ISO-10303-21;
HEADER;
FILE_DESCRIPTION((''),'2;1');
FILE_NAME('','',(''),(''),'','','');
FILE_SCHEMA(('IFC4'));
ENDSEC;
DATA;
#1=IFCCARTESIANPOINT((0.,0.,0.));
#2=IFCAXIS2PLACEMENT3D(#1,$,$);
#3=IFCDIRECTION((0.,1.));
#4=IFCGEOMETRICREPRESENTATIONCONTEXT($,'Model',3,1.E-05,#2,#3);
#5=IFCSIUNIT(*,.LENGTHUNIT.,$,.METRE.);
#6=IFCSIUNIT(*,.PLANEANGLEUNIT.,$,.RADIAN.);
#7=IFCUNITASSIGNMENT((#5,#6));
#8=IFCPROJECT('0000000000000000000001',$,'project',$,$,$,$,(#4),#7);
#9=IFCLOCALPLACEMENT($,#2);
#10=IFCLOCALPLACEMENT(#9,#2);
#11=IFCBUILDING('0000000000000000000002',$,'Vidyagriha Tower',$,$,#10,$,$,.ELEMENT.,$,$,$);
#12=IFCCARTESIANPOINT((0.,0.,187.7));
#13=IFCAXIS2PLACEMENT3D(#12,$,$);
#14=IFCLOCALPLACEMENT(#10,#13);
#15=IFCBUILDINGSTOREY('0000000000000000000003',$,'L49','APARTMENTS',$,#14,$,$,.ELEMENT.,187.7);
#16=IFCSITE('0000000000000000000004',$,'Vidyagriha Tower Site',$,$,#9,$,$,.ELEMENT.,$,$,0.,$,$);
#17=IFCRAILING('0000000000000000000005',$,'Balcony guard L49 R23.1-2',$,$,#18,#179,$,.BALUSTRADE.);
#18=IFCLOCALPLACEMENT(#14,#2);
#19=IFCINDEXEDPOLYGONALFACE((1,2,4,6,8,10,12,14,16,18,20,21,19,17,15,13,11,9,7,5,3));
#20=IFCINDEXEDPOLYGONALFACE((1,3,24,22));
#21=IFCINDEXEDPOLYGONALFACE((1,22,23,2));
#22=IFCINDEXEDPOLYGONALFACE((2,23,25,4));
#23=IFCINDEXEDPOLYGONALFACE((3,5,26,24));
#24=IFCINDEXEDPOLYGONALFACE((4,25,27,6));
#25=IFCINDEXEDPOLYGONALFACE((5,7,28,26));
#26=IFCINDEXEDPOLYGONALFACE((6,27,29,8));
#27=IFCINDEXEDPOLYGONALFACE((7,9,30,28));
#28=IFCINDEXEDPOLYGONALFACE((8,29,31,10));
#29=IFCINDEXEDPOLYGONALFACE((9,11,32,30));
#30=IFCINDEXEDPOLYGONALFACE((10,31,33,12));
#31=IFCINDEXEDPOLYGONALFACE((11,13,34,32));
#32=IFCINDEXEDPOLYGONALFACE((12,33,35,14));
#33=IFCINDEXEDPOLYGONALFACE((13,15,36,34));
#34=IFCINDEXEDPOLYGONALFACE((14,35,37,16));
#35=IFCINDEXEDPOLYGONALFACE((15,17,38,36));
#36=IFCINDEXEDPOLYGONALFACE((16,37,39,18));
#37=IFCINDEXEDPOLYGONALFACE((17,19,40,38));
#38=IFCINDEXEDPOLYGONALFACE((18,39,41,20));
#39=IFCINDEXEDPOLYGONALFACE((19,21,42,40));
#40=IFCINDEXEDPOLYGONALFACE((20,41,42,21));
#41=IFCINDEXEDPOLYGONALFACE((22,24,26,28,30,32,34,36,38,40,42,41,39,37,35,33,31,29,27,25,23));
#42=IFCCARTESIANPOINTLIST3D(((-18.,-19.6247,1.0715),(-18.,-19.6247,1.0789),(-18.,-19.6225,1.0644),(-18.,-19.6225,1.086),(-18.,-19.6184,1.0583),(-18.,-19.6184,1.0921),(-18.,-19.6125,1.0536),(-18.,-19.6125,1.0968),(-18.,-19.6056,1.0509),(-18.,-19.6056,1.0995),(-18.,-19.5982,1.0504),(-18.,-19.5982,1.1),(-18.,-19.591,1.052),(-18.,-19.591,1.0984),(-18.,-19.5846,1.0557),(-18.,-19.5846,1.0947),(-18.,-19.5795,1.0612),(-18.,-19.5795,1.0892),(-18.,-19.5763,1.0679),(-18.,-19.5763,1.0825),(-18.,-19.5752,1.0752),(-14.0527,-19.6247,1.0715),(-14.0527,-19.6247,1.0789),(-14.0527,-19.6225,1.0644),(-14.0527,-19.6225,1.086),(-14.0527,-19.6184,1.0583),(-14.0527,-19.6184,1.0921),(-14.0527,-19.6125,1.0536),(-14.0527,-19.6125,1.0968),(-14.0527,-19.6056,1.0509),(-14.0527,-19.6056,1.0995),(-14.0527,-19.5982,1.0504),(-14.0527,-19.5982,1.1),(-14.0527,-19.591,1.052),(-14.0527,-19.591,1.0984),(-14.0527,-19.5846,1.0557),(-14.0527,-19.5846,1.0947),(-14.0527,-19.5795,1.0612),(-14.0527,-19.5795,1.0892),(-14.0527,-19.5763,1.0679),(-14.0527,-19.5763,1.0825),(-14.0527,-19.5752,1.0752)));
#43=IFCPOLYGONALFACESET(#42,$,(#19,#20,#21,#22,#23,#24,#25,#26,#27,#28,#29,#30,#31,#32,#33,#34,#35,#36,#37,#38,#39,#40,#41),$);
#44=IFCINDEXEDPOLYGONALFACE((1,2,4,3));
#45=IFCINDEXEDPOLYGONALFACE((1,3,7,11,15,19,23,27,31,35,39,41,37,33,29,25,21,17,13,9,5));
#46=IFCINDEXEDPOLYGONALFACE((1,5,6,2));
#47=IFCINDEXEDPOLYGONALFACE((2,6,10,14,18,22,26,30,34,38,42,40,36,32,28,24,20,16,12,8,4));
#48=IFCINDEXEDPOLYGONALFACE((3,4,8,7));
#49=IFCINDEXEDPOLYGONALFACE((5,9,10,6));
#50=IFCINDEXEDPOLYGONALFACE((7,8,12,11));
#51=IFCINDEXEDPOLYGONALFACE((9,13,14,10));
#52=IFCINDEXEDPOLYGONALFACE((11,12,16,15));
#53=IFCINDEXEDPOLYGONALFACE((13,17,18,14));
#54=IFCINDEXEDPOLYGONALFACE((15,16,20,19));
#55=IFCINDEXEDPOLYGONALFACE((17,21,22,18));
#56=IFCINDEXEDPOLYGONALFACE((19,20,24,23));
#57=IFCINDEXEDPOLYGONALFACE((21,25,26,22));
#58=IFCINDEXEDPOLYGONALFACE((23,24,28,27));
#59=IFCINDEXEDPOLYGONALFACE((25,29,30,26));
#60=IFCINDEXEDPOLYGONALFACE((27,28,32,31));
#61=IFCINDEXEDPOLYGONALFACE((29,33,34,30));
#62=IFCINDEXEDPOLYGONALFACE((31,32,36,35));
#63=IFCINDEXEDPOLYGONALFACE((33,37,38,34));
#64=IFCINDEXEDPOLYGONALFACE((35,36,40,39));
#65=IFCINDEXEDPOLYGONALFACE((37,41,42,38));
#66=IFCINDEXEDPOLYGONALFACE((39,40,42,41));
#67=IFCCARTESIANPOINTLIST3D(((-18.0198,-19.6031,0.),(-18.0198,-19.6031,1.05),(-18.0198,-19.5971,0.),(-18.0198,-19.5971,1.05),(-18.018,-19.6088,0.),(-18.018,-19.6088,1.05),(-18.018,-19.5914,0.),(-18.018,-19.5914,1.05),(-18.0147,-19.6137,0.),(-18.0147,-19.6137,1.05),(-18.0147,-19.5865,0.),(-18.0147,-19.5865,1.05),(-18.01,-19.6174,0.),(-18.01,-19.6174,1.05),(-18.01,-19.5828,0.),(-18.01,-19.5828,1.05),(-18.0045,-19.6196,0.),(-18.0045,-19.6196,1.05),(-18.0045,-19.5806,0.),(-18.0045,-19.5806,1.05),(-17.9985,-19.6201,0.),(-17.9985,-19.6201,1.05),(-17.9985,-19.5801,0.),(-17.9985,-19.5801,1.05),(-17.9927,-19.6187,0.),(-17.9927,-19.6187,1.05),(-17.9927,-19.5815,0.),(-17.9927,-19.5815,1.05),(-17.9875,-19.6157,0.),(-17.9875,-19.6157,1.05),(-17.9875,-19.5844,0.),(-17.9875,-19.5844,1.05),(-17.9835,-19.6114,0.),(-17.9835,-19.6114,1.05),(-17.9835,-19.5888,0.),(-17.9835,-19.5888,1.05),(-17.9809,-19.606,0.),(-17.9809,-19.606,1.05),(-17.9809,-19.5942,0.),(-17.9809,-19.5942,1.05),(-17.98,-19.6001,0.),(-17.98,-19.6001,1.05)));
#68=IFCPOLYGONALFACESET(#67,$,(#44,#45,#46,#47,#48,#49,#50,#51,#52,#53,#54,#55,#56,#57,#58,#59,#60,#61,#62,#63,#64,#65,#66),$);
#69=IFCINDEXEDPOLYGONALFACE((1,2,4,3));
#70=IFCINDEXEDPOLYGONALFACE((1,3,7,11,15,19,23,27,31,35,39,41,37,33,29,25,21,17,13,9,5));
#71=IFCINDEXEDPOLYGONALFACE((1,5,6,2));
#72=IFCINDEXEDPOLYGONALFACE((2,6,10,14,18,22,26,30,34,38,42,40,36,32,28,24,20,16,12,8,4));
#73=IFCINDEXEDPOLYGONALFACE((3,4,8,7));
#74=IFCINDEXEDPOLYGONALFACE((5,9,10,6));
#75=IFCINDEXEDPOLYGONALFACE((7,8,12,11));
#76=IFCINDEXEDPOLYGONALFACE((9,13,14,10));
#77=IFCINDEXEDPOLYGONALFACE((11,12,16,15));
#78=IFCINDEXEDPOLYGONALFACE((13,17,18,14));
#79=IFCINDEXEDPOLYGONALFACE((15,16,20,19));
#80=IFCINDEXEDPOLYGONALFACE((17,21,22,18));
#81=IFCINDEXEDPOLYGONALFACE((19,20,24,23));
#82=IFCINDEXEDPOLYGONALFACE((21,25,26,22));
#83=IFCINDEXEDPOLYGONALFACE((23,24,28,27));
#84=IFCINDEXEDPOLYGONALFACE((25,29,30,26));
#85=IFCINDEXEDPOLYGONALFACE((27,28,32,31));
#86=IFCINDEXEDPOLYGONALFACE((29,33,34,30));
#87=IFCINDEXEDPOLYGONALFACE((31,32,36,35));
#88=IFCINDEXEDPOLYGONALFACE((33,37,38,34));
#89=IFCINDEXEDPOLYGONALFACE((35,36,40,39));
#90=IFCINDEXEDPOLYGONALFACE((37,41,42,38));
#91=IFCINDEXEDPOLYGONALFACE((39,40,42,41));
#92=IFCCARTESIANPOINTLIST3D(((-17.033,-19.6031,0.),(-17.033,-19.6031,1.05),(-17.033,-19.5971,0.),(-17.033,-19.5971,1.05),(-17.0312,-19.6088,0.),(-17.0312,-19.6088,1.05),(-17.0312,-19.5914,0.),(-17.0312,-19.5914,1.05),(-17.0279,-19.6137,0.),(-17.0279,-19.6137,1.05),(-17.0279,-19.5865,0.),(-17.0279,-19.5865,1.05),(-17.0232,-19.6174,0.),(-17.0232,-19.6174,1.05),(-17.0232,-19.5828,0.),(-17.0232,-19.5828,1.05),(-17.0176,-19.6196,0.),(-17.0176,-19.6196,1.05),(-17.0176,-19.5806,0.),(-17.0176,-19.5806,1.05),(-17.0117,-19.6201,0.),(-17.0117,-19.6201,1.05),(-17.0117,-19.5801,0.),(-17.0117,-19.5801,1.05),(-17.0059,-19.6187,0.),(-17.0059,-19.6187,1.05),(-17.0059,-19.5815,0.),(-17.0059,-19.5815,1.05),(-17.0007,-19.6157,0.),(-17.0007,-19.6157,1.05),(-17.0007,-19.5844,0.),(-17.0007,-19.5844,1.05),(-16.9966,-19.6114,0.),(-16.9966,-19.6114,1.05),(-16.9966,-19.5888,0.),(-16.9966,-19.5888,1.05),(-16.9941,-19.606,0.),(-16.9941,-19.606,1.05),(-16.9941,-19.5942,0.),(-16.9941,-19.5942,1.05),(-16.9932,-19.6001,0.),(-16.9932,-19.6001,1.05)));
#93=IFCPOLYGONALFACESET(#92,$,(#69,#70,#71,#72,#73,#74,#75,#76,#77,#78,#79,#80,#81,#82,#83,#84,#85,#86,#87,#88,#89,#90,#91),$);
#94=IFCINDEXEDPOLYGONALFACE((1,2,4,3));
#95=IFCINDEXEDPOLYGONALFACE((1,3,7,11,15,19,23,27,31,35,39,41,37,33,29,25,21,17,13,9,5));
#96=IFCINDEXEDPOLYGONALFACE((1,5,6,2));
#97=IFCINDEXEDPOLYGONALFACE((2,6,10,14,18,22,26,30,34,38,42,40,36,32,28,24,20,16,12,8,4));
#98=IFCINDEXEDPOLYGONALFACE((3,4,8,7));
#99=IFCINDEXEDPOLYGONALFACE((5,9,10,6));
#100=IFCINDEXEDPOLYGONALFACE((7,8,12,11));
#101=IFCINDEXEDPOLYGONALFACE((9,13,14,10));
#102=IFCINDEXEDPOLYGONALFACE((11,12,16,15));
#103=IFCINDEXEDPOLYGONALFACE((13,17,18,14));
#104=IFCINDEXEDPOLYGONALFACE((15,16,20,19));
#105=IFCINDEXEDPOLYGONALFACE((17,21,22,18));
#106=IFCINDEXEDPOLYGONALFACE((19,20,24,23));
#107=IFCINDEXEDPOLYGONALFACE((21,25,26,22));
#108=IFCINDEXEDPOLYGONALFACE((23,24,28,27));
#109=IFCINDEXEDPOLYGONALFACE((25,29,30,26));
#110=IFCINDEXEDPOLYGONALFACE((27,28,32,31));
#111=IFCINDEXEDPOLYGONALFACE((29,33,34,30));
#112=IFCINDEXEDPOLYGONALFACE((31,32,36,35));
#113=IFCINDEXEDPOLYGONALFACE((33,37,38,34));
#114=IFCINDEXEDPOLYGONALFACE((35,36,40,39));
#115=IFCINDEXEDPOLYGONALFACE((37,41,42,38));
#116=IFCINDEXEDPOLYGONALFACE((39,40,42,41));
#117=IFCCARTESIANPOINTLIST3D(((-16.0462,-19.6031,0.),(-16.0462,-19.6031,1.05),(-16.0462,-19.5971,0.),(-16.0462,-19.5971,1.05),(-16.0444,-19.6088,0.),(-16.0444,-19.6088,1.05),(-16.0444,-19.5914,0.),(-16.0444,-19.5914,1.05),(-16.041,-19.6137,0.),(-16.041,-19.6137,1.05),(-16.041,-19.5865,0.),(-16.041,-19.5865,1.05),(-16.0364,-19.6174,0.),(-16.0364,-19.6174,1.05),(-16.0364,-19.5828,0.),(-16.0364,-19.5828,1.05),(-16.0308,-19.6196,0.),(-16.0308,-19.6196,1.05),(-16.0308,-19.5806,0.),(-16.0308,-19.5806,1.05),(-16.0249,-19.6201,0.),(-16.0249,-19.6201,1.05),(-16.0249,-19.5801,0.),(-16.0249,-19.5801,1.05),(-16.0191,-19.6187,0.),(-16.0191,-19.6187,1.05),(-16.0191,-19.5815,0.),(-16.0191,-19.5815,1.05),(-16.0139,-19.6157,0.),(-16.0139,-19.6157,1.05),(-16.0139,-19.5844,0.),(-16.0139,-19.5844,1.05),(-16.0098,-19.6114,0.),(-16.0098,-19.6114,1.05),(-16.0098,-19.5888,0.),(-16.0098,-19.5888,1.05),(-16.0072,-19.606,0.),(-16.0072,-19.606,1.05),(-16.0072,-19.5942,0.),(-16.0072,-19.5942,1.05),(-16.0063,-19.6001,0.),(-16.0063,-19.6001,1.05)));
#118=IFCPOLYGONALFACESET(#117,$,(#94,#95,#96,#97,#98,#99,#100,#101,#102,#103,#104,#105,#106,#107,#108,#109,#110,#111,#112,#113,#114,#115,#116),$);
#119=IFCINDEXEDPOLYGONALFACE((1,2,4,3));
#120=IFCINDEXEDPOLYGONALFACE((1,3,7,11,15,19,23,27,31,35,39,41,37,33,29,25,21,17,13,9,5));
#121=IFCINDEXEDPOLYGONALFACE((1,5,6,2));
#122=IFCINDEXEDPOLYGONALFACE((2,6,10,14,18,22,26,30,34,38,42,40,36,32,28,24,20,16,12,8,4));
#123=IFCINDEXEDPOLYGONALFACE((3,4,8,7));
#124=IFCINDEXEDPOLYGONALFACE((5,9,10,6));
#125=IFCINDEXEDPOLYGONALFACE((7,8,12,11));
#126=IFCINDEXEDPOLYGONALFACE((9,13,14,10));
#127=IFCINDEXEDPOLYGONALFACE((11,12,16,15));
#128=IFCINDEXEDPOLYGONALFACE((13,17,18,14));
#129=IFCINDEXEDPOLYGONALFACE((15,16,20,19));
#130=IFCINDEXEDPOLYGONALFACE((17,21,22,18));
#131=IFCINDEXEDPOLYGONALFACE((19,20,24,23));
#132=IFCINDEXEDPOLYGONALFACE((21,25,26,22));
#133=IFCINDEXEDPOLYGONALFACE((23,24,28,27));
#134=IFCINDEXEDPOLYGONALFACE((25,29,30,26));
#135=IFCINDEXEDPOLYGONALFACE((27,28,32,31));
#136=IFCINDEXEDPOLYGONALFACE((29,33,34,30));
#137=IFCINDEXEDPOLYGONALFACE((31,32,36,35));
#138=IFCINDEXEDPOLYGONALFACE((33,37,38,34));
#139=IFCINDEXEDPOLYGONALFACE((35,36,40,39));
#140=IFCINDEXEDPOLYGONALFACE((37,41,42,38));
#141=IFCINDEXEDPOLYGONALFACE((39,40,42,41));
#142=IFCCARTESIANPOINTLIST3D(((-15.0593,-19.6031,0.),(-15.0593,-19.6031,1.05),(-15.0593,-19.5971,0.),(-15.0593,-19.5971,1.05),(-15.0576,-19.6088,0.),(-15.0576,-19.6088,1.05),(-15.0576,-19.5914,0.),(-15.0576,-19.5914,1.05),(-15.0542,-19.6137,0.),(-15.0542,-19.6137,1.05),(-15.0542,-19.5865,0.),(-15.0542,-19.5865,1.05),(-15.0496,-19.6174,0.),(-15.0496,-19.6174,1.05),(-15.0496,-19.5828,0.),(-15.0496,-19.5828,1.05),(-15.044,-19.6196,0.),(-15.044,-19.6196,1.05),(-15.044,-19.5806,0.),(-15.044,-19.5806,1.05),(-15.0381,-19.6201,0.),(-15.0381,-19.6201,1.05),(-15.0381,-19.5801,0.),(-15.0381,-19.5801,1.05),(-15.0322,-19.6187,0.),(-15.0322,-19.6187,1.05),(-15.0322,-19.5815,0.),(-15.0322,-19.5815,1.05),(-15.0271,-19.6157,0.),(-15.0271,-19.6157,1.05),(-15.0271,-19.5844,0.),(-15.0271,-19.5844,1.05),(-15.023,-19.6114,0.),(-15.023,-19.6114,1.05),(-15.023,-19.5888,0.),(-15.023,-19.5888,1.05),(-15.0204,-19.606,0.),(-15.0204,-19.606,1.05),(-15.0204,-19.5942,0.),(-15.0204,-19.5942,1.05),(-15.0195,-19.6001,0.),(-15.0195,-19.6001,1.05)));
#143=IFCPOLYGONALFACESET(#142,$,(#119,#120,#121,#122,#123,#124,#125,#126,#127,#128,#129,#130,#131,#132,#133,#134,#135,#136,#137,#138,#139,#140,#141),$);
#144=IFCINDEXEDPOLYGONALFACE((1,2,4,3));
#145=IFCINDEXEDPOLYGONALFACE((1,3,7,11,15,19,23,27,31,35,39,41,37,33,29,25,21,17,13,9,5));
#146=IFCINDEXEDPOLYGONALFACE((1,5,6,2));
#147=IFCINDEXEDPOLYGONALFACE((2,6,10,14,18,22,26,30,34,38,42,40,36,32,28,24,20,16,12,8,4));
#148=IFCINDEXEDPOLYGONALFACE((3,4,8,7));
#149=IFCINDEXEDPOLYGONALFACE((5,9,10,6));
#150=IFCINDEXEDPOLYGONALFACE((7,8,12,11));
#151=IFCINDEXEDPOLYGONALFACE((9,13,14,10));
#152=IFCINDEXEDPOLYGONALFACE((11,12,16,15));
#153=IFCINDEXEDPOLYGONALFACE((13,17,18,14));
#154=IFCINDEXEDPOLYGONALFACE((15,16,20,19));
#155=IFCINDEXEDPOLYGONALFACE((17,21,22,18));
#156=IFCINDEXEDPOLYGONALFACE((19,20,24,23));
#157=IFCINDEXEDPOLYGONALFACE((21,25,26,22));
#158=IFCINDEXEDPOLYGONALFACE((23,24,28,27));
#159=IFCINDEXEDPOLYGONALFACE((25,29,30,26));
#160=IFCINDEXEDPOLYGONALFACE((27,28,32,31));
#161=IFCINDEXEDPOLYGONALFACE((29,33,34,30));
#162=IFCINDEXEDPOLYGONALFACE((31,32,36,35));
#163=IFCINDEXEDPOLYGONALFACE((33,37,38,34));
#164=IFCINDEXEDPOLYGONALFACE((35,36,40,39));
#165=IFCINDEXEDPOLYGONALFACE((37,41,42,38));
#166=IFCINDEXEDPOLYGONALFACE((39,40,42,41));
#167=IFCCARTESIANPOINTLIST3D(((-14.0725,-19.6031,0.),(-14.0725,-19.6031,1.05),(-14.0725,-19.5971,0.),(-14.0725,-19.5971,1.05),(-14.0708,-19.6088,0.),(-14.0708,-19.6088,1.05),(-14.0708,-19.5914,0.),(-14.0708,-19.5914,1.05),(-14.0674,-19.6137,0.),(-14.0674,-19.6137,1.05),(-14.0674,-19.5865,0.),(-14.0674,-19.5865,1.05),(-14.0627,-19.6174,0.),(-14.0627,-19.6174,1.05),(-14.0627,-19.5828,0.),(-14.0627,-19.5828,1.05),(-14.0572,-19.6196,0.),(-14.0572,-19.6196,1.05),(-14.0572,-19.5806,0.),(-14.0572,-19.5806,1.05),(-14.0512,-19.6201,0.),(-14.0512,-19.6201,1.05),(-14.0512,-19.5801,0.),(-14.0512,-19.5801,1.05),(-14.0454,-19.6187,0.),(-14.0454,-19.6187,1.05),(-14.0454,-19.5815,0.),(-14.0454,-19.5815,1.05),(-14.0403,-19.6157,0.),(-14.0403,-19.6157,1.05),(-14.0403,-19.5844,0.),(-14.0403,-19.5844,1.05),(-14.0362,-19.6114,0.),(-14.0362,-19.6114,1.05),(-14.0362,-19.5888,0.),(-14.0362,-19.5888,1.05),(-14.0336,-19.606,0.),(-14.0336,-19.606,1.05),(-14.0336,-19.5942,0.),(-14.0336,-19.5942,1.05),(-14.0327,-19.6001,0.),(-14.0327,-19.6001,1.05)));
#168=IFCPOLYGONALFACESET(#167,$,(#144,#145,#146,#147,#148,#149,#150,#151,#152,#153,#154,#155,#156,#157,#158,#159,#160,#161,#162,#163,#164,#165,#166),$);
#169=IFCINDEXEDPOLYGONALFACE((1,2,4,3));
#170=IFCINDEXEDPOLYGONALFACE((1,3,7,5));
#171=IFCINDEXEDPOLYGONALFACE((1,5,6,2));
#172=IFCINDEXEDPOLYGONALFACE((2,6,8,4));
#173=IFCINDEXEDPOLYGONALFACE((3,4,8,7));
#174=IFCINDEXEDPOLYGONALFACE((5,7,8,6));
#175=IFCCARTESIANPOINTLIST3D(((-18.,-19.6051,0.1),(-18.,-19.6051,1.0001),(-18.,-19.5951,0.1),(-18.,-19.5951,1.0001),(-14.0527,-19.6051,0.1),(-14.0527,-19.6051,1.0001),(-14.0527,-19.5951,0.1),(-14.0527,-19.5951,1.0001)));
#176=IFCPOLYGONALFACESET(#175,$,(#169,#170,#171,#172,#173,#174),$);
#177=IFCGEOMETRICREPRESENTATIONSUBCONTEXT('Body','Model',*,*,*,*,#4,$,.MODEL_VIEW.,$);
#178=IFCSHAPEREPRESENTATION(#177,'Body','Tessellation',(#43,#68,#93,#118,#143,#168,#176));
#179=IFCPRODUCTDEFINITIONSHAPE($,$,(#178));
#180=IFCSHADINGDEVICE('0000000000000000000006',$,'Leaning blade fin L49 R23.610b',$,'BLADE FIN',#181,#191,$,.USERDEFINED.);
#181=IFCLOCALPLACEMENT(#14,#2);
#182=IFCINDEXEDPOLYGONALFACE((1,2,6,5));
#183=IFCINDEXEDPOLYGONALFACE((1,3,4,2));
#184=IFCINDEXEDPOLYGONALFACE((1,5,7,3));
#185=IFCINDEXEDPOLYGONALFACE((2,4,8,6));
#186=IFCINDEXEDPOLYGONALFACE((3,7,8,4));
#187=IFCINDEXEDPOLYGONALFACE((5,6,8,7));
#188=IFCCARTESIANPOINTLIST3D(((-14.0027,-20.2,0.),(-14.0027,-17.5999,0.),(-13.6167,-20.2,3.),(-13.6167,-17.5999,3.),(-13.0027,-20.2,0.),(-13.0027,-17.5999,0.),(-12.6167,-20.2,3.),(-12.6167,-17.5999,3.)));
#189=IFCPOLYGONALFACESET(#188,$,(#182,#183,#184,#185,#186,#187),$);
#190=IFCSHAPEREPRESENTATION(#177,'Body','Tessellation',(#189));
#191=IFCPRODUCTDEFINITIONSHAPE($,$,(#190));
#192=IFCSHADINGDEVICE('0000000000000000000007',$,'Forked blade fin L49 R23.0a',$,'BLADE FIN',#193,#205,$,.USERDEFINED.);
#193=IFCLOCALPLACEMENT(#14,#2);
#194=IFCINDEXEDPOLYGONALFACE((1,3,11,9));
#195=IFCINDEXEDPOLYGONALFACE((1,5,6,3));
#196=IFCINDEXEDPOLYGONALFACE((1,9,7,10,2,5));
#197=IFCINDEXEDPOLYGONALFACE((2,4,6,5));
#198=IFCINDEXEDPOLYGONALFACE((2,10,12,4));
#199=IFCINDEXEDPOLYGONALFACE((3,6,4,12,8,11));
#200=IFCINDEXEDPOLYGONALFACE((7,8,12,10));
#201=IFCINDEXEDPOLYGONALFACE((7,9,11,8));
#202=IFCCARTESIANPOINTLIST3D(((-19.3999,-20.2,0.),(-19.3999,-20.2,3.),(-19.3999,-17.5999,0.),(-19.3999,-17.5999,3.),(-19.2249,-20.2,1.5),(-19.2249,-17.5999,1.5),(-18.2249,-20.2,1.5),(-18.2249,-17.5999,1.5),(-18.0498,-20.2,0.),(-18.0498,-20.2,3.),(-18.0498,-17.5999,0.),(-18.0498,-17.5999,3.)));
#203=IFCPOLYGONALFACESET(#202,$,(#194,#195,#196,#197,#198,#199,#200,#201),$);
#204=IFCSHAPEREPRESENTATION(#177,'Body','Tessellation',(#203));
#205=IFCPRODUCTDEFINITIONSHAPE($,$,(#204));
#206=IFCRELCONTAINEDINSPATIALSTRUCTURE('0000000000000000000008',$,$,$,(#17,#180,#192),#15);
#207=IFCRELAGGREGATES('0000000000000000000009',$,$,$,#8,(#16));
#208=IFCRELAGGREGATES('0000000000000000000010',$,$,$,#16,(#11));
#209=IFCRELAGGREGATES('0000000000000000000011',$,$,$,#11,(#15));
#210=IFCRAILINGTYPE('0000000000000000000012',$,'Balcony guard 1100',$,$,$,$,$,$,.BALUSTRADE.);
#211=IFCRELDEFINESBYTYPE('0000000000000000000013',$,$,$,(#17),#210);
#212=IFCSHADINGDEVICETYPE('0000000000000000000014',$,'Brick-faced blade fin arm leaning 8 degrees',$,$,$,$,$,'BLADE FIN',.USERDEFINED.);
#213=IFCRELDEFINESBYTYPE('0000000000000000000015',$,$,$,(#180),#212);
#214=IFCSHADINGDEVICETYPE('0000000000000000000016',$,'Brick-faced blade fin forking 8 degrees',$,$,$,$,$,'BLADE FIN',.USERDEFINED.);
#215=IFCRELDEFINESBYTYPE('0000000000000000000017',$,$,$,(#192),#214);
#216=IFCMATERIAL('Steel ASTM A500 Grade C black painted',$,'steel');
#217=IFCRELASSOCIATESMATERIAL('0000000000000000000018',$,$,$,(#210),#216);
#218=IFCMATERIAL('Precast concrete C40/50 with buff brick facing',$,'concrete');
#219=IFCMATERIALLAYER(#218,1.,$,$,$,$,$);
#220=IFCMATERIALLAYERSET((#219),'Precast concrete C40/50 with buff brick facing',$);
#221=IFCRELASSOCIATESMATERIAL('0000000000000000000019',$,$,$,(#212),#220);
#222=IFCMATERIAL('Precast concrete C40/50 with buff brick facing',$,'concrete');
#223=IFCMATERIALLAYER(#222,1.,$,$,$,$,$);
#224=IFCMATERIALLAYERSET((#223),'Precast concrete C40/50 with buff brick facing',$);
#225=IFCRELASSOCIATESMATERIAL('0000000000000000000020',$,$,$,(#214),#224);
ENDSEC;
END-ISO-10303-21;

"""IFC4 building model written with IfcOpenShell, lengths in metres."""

from ifc_helpers import new_model, si_unit, direction, frame, origin, origin_2d, place, context, subcontext, project, spatial, polyline, rectangle, circle, outline, extrude, material, layer, layer_set, type_object, element, save


model = new_model("IFC4")

# Units and contexts
model_context = context("Model", 3, precision=1e-05, world=origin(), true_north=direction((0.0, 1.0)))
body_context = subcontext(model_context, "Body", "Model", "MODEL_VIEW")
ifc_project = project(units=[si_unit("LENGTHUNIT", "METRE"), si_unit("PLANEANGLEUNIT", "RADIAN")], contexts=[model_context])

# Site, building, storey
site_placement = place(None, origin())
site = spatial("IfcSite", under=ifc_project, at=site_placement, Name="Vidyagriha Tower Site", CompositionType="ELEMENT", RefElevation=0.0)
building_placement = place(site_placement, origin())
building = spatial("IfcBuilding", under=site, at=building_placement, Name="Vidyagriha Tower", CompositionType="ELEMENT")
storey_placement = place(building_placement, frame((0.0, 0.0, 187.7)))
storey = spatial("IfcBuildingStorey", under=building, at=storey_placement, Name="L49", Description="APARTMENTS", CompositionType="ELEMENT", Elevation=187.7)

# Railing
ifc_material_1 = material(Name="Steel ASTM A500 Grade C black painted", Category="steel")
railing_type_1 = type_object("IfcRailingType", Name="Balcony guard 1100", PredefinedType="BALUSTRADE", material=ifc_material_1)
railing_1_placement = place(storey_placement, frame((-18.0, -19.6001, 0.0)))
element("IfcRailing", 1, at=railing_1_placement, inside=storey, type_object=railing_type_1, Name="Balcony guard L49 R23.1-2", PredefinedType="BALUSTRADE", context=body_context, shape_type="SweptSolid", body=[
    extrude(circle(Radius=0.0249, at=origin_2d()), frame((0.0, 0.0, 1.0752), z_axis=(1.0, 0.0, 0.0), x_axis=(0.0, 1.0, 0.0)), (0.0, 0.0, 1.0), 3.9473),
    extrude(circle(Radius=0.02, at=origin_2d()), origin(), (0.0, 0.0, 1.0), 1.05),
    extrude(circle(Radius=0.02, at=origin_2d()), frame((0.9868, 0.0, 0.0)), (0.0, 0.0, 1.0), 1.05),
    extrude(circle(Radius=0.02, at=origin_2d()), frame((1.9736, 0.0, 0.0)), (0.0, 0.0, 1.0), 1.05),
    extrude(circle(Radius=0.02, at=origin_2d()), frame((2.9604, 0.0, 0.0)), (0.0, 0.0, 1.0), 1.05),
    extrude(circle(Radius=0.02, at=origin_2d()), frame((3.9473, 0.0, 0.0)), (0.0, 0.0, 1.0), 1.05),
    extrude(rectangle(XDim=0.01, YDim=0.9001, at=origin_2d()), frame((0.0, 0.0, 0.55), z_axis=(1.0, 0.0, 0.0), x_axis=(0.0, 1.0, 0.0)), (0.0, 0.0, 1.0), 3.9473),
])

# Shading devices
ifc_material_2 = material(Name="Precast concrete C40/50 with buff brick facing", Category="concrete")
ifc_layer_1 = layer(ifc_material_2, 1.0)
ifc_layer_set_1 = layer_set([ifc_layer_1], Name="Precast concrete C40/50 with buff brick facing")
shading_device_type_1 = type_object("IfcShadingDeviceType", Name="Brick-faced blade fin arm leaning 8 degrees", ElementType="BLADE FIN", PredefinedType="USERDEFINED", material=ifc_layer_set_1)
shading_device_1_placement = place(storey_placement, frame((-14.0027, -18.8999, 0.0)))
element("IfcShadingDevice", 2, at=shading_device_1_placement, inside=storey, type_object=shading_device_type_1, Name="Leaning blade fin L49 R23.610b", ObjectType="BLADE FIN", PredefinedType="USERDEFINED", context=body_context, shape_type="SweptSolid", body=[
    extrude(outline(polyline([(0.0, 0.0), (1.0, 0.0), (1.386, 3.0), (0.386, 3.0), (0.0, 0.0)])), frame((0.0, 1.3, 0.0), z_axis=(0.0, -1.0, 0.0), x_axis=(1.0, 0.0, 0.0)), (0.0, 0.0, 1.0), 2.6001),
])
ifc_material_3 = material(Name="Precast concrete C40/50 with buff brick facing", Category="concrete")
ifc_layer_2 = layer(ifc_material_3, 1.0)
ifc_layer_set_2 = layer_set([ifc_layer_2], Name="Precast concrete C40/50 with buff brick facing")
shading_device_type_2 = type_object("IfcShadingDeviceType", Name="Brick-faced blade fin forking 8 degrees", ElementType="BLADE FIN", PredefinedType="USERDEFINED", material=ifc_layer_set_2)
shading_device_2_placement = place(storey_placement, frame((-19.3999, -18.8999, 0.0)))
element("IfcShadingDevice", 3, at=shading_device_2_placement, inside=storey, type_object=shading_device_type_2, Name="Forked blade fin L49 R23.0a", ObjectType="BLADE FIN", PredefinedType="USERDEFINED", context=body_context, shape_type="SweptSolid", body=[
    extrude(outline(polyline([(1.3501, 0.0), (1.175, 1.5), (1.3501, 3.0), (0.0, 3.0), (0.175, 1.5), (0.0, 0.0), (1.3501, 0.0)])), frame((0.0, 1.3, 0.0), z_axis=(0.0, -1.0, 0.0), x_axis=(1.0, 0.0, 0.0)), (0.0, 0.0, 1.0), 2.6001),
])

save(model, "model.ifc")
